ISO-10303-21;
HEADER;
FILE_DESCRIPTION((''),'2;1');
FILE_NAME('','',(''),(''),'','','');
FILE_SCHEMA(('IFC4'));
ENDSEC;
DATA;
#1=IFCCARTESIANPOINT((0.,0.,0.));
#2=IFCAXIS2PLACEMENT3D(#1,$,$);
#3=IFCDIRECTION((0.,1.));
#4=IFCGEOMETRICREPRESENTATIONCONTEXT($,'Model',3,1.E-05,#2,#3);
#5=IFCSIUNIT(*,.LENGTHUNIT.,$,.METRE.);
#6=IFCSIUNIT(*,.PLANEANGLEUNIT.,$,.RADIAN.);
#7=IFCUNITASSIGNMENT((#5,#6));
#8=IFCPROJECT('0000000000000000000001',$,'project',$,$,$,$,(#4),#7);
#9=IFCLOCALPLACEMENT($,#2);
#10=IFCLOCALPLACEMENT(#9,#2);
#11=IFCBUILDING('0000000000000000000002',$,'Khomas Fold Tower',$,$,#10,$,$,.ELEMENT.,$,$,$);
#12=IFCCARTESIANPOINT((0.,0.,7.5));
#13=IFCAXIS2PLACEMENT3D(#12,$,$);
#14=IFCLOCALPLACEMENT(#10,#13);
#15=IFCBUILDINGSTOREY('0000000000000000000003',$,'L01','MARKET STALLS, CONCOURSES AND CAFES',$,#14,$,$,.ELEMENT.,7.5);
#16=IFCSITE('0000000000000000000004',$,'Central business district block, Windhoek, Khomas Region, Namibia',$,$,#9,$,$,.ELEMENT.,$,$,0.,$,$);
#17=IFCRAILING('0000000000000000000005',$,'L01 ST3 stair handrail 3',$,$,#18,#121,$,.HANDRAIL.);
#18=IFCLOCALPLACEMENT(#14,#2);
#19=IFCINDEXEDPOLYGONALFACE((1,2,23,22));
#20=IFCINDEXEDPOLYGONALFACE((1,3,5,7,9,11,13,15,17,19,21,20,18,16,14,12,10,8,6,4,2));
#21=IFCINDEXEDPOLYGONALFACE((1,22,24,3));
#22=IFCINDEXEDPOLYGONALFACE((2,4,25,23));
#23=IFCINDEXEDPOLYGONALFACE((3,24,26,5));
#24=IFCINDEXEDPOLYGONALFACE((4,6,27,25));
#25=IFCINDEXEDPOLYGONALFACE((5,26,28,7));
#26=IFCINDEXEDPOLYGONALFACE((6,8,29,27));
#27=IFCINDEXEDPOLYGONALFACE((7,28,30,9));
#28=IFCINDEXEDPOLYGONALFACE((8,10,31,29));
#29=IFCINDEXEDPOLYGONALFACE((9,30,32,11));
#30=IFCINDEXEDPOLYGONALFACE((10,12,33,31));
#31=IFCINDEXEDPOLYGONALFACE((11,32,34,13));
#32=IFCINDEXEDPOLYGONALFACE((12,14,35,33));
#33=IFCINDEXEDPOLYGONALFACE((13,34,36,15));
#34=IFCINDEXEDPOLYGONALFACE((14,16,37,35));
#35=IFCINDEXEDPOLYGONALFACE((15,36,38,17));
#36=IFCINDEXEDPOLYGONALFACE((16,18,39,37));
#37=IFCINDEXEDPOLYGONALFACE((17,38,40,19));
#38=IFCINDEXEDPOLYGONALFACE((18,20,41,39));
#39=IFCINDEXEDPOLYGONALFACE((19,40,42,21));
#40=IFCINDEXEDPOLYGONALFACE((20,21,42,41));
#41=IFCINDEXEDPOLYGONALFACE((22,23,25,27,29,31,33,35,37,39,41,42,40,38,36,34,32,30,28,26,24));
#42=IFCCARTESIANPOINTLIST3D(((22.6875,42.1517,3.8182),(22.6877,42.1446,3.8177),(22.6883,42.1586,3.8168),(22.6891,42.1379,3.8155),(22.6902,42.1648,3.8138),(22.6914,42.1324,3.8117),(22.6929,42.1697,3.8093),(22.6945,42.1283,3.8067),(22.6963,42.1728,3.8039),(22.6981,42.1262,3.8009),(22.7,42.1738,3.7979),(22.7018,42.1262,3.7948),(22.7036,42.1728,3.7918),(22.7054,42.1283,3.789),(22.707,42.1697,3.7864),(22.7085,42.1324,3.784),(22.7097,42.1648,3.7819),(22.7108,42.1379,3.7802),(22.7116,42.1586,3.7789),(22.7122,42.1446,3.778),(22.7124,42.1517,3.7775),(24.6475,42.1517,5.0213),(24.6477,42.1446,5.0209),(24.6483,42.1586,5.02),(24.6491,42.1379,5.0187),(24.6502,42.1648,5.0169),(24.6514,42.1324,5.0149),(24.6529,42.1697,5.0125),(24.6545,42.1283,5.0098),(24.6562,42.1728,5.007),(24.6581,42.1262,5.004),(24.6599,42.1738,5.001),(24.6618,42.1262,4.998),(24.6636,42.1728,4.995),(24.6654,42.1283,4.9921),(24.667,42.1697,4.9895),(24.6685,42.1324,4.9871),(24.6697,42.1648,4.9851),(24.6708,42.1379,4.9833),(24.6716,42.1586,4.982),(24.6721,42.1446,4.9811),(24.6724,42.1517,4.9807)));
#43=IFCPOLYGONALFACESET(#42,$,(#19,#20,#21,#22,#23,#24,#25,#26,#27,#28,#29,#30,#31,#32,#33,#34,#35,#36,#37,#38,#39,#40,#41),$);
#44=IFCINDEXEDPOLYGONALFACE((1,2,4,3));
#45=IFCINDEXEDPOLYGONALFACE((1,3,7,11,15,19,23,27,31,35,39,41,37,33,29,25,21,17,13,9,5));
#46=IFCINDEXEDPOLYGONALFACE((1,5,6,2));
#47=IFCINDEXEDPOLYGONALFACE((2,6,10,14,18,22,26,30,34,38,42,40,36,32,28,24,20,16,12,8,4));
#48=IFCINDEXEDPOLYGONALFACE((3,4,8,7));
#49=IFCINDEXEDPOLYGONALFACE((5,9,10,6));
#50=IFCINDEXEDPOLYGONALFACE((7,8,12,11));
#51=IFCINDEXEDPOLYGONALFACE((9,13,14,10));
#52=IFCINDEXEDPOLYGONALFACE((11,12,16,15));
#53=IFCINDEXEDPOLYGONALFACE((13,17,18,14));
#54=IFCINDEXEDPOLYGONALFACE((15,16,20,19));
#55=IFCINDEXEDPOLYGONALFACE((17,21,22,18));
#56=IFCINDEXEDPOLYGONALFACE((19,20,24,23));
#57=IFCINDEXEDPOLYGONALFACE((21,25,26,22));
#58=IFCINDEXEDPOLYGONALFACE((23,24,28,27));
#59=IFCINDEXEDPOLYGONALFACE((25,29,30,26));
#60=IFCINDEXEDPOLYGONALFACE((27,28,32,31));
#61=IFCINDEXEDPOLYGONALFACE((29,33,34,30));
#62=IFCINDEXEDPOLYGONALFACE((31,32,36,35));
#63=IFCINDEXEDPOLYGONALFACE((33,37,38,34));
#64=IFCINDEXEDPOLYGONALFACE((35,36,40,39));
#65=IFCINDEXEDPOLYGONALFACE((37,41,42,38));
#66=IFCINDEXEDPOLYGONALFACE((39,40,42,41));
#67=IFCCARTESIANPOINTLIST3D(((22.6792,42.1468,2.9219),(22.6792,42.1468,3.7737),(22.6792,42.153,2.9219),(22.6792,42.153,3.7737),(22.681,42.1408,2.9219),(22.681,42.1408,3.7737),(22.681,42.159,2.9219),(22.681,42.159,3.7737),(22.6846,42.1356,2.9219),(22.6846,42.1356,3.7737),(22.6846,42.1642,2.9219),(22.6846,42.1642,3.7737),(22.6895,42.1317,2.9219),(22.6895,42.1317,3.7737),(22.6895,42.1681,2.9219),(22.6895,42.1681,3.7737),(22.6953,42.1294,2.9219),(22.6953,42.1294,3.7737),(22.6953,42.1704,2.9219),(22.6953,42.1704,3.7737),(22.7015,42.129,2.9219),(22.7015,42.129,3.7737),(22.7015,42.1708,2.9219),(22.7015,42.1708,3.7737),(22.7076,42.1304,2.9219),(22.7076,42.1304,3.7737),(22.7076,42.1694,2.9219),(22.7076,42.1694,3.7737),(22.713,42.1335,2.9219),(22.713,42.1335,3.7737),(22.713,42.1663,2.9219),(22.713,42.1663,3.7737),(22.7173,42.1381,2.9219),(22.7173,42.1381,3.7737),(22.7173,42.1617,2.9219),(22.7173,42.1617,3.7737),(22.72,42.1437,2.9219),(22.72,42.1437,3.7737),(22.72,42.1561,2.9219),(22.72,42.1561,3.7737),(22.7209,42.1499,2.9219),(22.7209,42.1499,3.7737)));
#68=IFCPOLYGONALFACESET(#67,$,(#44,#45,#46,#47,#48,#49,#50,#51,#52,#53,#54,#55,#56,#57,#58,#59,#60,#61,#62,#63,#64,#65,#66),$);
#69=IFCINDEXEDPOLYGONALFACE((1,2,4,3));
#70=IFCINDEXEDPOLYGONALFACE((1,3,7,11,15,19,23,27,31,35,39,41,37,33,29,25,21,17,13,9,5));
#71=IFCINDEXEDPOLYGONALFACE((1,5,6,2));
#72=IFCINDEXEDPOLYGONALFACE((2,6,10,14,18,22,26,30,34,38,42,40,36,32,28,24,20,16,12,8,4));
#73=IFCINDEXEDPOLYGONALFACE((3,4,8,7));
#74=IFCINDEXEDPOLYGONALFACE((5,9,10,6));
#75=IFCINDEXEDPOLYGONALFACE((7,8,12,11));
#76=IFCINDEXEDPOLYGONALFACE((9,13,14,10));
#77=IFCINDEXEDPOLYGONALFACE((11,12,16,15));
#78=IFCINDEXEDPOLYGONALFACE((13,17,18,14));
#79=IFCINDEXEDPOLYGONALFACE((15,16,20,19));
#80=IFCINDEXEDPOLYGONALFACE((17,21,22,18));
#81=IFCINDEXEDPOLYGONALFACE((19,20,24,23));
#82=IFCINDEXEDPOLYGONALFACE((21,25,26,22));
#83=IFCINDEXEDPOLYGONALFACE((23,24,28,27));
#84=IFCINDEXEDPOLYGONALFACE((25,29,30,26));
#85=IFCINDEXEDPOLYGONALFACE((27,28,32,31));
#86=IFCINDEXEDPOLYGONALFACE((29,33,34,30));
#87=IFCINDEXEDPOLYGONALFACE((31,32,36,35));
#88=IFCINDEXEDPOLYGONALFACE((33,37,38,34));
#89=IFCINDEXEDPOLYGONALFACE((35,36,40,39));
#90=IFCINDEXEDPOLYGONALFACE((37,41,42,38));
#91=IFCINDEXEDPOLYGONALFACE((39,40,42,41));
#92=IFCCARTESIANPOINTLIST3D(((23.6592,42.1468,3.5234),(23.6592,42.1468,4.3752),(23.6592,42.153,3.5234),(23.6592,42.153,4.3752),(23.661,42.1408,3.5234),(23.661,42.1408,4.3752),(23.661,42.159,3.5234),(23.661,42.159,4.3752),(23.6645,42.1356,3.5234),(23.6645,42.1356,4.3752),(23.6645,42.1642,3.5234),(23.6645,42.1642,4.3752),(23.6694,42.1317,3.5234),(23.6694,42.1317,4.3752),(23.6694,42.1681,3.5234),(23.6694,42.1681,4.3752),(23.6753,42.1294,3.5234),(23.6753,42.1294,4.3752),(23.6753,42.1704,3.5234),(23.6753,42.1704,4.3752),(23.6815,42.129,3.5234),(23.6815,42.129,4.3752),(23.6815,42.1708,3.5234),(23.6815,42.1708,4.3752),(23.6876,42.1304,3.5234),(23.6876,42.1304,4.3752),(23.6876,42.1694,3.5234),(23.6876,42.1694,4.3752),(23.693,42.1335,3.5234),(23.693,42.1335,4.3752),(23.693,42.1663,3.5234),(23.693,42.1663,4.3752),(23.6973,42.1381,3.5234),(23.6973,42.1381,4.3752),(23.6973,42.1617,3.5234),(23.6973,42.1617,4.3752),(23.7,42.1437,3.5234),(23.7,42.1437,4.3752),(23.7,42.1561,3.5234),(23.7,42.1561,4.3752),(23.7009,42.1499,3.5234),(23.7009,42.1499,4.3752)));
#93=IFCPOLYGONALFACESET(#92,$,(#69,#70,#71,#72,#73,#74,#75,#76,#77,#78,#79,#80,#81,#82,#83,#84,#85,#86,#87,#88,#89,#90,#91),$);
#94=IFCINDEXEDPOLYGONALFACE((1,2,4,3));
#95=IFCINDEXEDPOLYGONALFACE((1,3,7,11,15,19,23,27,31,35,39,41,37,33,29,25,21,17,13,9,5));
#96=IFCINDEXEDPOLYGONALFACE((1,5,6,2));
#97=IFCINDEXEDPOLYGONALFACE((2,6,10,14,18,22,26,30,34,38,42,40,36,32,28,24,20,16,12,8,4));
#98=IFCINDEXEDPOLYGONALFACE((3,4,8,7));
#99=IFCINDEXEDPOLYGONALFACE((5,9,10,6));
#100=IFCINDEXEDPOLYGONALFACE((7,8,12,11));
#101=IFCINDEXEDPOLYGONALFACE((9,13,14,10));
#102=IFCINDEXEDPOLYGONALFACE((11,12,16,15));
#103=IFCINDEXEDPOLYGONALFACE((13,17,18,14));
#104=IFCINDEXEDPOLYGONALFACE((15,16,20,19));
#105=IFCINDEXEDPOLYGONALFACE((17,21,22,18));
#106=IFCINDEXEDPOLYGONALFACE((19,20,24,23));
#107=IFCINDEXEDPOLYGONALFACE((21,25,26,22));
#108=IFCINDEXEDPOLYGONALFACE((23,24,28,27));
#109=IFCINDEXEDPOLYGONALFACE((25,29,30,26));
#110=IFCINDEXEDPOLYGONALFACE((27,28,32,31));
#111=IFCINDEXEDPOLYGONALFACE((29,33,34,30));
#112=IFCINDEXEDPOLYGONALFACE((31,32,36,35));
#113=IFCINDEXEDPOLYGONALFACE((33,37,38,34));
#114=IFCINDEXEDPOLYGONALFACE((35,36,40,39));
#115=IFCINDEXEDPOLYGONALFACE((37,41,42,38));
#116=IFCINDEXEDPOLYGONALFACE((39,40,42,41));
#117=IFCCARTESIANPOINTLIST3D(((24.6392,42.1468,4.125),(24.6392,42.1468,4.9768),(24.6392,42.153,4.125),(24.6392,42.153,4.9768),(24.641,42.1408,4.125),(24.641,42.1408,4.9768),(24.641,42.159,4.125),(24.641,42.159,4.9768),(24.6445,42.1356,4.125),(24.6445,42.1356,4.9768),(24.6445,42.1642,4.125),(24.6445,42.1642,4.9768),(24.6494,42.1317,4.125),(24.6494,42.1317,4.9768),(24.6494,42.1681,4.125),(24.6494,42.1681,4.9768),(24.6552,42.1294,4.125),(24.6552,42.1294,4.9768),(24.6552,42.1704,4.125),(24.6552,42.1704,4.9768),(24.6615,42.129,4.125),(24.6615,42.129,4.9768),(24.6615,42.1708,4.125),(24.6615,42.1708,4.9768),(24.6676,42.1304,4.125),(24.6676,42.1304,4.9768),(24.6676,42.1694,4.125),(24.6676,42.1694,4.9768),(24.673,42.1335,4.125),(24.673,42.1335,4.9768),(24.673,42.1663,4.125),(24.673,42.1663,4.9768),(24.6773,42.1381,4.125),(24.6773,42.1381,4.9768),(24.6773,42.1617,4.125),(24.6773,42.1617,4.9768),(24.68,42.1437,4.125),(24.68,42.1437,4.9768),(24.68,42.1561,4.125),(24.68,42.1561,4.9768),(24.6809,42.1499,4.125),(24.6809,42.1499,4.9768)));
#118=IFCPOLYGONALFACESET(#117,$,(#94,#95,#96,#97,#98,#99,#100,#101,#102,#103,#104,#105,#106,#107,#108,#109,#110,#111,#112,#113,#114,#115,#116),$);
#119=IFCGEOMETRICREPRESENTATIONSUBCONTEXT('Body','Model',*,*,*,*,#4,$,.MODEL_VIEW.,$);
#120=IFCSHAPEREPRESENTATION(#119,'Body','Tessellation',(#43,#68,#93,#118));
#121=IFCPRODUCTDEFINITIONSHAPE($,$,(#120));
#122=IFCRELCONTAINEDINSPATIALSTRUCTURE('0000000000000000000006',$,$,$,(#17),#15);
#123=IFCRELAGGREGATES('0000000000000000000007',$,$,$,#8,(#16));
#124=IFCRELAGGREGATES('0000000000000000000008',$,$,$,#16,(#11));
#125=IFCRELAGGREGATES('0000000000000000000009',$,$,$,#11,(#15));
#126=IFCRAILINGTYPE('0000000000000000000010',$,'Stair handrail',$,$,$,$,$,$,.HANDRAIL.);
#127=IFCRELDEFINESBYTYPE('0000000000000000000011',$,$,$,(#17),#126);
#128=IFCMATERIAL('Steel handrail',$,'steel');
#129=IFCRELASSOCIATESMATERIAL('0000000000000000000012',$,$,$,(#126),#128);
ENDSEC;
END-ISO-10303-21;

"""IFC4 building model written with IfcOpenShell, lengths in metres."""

from ifc_helpers import new_model, si_unit, direction, frame, origin, origin_2d, place, context, subcontext, project, spatial, circle, extrude, source, transform, mapped, material, type_object, element, save


model = new_model("IFC4")

# Units and contexts
model_context = context("Model", 3, precision=1e-05, world=origin(), true_north=direction((0.0, 1.0)))
body_context = subcontext(model_context, "Body", "Model", "MODEL_VIEW")
ifc_project = project(units=[si_unit("LENGTHUNIT", "METRE"), si_unit("PLANEANGLEUNIT", "RADIAN")], contexts=[model_context])

# Site, building, storey
site_placement = place(None, origin())
site = spatial("IfcSite", under=ifc_project, at=site_placement, Name="Central business district block, Windhoek, Khomas Region, Namibia", CompositionType="ELEMENT", RefElevation=0.0)
building_placement = place(site_placement, origin())
building = spatial("IfcBuilding", under=site, at=building_placement, Name="Khomas Fold Tower", CompositionType="ELEMENT")
storey_placement = place(building_placement, frame((0.0, 0.0, 7.5)))
storey = spatial("IfcBuildingStorey", under=building, at=storey_placement, Name="L01", Description="MARKET STALLS, CONCOURSES AND CAFES", CompositionType="ELEMENT", Elevation=7.5)

# Railing
ifc_material_1 = material(Name="Steel handrail", Category="steel")
railing_type_1 = type_object("IfcRailingType", Name="Stair handrail", PredefinedType="HANDRAIL", material=ifc_material_1)
shared_shape_1 = source(origin(), body_context, "Body", "SweptSolid", [
    extrude(circle(Radius=0.0239, at=origin_2d()), frame((0.0, 0.0, 0.876), z_axis=(0.852241, 0.0, 0.523149), x_axis=(0.0, 1.0, 0.0)), (0.0, 0.0, 1.0), 2.2998),
    extrude(circle(Radius=0.021, at=origin_2d()), origin(), (0.0, 0.0, 1.0), 0.8518),
    extrude(circle(Radius=0.021, at=origin_2d()), frame((0.98, 0.0, 0.6016)), (0.0, 0.0, 1.0), 0.8518),
    extrude(circle(Radius=0.021, at=origin_2d()), frame((1.96, 0.0, 1.2031)), (0.0, 0.0, 1.0), 0.8518),
])
for number, where, name in (
    (1, (22.7, 42.1499, 2.9219), "L01 ST3 stair handrail 3"),
):
    element("IfcRailing", number, at=place(storey_placement, frame(where)), inside=storey, type_object=railing_type_1, Name=name, PredefinedType="HANDRAIL", context=body_context, shape_type="MappedRepresentation", body=[
        mapped(shared_shape_1, transform((0.0, 0.0, 0.0))),
    ])

save(model, "model.ifc")
